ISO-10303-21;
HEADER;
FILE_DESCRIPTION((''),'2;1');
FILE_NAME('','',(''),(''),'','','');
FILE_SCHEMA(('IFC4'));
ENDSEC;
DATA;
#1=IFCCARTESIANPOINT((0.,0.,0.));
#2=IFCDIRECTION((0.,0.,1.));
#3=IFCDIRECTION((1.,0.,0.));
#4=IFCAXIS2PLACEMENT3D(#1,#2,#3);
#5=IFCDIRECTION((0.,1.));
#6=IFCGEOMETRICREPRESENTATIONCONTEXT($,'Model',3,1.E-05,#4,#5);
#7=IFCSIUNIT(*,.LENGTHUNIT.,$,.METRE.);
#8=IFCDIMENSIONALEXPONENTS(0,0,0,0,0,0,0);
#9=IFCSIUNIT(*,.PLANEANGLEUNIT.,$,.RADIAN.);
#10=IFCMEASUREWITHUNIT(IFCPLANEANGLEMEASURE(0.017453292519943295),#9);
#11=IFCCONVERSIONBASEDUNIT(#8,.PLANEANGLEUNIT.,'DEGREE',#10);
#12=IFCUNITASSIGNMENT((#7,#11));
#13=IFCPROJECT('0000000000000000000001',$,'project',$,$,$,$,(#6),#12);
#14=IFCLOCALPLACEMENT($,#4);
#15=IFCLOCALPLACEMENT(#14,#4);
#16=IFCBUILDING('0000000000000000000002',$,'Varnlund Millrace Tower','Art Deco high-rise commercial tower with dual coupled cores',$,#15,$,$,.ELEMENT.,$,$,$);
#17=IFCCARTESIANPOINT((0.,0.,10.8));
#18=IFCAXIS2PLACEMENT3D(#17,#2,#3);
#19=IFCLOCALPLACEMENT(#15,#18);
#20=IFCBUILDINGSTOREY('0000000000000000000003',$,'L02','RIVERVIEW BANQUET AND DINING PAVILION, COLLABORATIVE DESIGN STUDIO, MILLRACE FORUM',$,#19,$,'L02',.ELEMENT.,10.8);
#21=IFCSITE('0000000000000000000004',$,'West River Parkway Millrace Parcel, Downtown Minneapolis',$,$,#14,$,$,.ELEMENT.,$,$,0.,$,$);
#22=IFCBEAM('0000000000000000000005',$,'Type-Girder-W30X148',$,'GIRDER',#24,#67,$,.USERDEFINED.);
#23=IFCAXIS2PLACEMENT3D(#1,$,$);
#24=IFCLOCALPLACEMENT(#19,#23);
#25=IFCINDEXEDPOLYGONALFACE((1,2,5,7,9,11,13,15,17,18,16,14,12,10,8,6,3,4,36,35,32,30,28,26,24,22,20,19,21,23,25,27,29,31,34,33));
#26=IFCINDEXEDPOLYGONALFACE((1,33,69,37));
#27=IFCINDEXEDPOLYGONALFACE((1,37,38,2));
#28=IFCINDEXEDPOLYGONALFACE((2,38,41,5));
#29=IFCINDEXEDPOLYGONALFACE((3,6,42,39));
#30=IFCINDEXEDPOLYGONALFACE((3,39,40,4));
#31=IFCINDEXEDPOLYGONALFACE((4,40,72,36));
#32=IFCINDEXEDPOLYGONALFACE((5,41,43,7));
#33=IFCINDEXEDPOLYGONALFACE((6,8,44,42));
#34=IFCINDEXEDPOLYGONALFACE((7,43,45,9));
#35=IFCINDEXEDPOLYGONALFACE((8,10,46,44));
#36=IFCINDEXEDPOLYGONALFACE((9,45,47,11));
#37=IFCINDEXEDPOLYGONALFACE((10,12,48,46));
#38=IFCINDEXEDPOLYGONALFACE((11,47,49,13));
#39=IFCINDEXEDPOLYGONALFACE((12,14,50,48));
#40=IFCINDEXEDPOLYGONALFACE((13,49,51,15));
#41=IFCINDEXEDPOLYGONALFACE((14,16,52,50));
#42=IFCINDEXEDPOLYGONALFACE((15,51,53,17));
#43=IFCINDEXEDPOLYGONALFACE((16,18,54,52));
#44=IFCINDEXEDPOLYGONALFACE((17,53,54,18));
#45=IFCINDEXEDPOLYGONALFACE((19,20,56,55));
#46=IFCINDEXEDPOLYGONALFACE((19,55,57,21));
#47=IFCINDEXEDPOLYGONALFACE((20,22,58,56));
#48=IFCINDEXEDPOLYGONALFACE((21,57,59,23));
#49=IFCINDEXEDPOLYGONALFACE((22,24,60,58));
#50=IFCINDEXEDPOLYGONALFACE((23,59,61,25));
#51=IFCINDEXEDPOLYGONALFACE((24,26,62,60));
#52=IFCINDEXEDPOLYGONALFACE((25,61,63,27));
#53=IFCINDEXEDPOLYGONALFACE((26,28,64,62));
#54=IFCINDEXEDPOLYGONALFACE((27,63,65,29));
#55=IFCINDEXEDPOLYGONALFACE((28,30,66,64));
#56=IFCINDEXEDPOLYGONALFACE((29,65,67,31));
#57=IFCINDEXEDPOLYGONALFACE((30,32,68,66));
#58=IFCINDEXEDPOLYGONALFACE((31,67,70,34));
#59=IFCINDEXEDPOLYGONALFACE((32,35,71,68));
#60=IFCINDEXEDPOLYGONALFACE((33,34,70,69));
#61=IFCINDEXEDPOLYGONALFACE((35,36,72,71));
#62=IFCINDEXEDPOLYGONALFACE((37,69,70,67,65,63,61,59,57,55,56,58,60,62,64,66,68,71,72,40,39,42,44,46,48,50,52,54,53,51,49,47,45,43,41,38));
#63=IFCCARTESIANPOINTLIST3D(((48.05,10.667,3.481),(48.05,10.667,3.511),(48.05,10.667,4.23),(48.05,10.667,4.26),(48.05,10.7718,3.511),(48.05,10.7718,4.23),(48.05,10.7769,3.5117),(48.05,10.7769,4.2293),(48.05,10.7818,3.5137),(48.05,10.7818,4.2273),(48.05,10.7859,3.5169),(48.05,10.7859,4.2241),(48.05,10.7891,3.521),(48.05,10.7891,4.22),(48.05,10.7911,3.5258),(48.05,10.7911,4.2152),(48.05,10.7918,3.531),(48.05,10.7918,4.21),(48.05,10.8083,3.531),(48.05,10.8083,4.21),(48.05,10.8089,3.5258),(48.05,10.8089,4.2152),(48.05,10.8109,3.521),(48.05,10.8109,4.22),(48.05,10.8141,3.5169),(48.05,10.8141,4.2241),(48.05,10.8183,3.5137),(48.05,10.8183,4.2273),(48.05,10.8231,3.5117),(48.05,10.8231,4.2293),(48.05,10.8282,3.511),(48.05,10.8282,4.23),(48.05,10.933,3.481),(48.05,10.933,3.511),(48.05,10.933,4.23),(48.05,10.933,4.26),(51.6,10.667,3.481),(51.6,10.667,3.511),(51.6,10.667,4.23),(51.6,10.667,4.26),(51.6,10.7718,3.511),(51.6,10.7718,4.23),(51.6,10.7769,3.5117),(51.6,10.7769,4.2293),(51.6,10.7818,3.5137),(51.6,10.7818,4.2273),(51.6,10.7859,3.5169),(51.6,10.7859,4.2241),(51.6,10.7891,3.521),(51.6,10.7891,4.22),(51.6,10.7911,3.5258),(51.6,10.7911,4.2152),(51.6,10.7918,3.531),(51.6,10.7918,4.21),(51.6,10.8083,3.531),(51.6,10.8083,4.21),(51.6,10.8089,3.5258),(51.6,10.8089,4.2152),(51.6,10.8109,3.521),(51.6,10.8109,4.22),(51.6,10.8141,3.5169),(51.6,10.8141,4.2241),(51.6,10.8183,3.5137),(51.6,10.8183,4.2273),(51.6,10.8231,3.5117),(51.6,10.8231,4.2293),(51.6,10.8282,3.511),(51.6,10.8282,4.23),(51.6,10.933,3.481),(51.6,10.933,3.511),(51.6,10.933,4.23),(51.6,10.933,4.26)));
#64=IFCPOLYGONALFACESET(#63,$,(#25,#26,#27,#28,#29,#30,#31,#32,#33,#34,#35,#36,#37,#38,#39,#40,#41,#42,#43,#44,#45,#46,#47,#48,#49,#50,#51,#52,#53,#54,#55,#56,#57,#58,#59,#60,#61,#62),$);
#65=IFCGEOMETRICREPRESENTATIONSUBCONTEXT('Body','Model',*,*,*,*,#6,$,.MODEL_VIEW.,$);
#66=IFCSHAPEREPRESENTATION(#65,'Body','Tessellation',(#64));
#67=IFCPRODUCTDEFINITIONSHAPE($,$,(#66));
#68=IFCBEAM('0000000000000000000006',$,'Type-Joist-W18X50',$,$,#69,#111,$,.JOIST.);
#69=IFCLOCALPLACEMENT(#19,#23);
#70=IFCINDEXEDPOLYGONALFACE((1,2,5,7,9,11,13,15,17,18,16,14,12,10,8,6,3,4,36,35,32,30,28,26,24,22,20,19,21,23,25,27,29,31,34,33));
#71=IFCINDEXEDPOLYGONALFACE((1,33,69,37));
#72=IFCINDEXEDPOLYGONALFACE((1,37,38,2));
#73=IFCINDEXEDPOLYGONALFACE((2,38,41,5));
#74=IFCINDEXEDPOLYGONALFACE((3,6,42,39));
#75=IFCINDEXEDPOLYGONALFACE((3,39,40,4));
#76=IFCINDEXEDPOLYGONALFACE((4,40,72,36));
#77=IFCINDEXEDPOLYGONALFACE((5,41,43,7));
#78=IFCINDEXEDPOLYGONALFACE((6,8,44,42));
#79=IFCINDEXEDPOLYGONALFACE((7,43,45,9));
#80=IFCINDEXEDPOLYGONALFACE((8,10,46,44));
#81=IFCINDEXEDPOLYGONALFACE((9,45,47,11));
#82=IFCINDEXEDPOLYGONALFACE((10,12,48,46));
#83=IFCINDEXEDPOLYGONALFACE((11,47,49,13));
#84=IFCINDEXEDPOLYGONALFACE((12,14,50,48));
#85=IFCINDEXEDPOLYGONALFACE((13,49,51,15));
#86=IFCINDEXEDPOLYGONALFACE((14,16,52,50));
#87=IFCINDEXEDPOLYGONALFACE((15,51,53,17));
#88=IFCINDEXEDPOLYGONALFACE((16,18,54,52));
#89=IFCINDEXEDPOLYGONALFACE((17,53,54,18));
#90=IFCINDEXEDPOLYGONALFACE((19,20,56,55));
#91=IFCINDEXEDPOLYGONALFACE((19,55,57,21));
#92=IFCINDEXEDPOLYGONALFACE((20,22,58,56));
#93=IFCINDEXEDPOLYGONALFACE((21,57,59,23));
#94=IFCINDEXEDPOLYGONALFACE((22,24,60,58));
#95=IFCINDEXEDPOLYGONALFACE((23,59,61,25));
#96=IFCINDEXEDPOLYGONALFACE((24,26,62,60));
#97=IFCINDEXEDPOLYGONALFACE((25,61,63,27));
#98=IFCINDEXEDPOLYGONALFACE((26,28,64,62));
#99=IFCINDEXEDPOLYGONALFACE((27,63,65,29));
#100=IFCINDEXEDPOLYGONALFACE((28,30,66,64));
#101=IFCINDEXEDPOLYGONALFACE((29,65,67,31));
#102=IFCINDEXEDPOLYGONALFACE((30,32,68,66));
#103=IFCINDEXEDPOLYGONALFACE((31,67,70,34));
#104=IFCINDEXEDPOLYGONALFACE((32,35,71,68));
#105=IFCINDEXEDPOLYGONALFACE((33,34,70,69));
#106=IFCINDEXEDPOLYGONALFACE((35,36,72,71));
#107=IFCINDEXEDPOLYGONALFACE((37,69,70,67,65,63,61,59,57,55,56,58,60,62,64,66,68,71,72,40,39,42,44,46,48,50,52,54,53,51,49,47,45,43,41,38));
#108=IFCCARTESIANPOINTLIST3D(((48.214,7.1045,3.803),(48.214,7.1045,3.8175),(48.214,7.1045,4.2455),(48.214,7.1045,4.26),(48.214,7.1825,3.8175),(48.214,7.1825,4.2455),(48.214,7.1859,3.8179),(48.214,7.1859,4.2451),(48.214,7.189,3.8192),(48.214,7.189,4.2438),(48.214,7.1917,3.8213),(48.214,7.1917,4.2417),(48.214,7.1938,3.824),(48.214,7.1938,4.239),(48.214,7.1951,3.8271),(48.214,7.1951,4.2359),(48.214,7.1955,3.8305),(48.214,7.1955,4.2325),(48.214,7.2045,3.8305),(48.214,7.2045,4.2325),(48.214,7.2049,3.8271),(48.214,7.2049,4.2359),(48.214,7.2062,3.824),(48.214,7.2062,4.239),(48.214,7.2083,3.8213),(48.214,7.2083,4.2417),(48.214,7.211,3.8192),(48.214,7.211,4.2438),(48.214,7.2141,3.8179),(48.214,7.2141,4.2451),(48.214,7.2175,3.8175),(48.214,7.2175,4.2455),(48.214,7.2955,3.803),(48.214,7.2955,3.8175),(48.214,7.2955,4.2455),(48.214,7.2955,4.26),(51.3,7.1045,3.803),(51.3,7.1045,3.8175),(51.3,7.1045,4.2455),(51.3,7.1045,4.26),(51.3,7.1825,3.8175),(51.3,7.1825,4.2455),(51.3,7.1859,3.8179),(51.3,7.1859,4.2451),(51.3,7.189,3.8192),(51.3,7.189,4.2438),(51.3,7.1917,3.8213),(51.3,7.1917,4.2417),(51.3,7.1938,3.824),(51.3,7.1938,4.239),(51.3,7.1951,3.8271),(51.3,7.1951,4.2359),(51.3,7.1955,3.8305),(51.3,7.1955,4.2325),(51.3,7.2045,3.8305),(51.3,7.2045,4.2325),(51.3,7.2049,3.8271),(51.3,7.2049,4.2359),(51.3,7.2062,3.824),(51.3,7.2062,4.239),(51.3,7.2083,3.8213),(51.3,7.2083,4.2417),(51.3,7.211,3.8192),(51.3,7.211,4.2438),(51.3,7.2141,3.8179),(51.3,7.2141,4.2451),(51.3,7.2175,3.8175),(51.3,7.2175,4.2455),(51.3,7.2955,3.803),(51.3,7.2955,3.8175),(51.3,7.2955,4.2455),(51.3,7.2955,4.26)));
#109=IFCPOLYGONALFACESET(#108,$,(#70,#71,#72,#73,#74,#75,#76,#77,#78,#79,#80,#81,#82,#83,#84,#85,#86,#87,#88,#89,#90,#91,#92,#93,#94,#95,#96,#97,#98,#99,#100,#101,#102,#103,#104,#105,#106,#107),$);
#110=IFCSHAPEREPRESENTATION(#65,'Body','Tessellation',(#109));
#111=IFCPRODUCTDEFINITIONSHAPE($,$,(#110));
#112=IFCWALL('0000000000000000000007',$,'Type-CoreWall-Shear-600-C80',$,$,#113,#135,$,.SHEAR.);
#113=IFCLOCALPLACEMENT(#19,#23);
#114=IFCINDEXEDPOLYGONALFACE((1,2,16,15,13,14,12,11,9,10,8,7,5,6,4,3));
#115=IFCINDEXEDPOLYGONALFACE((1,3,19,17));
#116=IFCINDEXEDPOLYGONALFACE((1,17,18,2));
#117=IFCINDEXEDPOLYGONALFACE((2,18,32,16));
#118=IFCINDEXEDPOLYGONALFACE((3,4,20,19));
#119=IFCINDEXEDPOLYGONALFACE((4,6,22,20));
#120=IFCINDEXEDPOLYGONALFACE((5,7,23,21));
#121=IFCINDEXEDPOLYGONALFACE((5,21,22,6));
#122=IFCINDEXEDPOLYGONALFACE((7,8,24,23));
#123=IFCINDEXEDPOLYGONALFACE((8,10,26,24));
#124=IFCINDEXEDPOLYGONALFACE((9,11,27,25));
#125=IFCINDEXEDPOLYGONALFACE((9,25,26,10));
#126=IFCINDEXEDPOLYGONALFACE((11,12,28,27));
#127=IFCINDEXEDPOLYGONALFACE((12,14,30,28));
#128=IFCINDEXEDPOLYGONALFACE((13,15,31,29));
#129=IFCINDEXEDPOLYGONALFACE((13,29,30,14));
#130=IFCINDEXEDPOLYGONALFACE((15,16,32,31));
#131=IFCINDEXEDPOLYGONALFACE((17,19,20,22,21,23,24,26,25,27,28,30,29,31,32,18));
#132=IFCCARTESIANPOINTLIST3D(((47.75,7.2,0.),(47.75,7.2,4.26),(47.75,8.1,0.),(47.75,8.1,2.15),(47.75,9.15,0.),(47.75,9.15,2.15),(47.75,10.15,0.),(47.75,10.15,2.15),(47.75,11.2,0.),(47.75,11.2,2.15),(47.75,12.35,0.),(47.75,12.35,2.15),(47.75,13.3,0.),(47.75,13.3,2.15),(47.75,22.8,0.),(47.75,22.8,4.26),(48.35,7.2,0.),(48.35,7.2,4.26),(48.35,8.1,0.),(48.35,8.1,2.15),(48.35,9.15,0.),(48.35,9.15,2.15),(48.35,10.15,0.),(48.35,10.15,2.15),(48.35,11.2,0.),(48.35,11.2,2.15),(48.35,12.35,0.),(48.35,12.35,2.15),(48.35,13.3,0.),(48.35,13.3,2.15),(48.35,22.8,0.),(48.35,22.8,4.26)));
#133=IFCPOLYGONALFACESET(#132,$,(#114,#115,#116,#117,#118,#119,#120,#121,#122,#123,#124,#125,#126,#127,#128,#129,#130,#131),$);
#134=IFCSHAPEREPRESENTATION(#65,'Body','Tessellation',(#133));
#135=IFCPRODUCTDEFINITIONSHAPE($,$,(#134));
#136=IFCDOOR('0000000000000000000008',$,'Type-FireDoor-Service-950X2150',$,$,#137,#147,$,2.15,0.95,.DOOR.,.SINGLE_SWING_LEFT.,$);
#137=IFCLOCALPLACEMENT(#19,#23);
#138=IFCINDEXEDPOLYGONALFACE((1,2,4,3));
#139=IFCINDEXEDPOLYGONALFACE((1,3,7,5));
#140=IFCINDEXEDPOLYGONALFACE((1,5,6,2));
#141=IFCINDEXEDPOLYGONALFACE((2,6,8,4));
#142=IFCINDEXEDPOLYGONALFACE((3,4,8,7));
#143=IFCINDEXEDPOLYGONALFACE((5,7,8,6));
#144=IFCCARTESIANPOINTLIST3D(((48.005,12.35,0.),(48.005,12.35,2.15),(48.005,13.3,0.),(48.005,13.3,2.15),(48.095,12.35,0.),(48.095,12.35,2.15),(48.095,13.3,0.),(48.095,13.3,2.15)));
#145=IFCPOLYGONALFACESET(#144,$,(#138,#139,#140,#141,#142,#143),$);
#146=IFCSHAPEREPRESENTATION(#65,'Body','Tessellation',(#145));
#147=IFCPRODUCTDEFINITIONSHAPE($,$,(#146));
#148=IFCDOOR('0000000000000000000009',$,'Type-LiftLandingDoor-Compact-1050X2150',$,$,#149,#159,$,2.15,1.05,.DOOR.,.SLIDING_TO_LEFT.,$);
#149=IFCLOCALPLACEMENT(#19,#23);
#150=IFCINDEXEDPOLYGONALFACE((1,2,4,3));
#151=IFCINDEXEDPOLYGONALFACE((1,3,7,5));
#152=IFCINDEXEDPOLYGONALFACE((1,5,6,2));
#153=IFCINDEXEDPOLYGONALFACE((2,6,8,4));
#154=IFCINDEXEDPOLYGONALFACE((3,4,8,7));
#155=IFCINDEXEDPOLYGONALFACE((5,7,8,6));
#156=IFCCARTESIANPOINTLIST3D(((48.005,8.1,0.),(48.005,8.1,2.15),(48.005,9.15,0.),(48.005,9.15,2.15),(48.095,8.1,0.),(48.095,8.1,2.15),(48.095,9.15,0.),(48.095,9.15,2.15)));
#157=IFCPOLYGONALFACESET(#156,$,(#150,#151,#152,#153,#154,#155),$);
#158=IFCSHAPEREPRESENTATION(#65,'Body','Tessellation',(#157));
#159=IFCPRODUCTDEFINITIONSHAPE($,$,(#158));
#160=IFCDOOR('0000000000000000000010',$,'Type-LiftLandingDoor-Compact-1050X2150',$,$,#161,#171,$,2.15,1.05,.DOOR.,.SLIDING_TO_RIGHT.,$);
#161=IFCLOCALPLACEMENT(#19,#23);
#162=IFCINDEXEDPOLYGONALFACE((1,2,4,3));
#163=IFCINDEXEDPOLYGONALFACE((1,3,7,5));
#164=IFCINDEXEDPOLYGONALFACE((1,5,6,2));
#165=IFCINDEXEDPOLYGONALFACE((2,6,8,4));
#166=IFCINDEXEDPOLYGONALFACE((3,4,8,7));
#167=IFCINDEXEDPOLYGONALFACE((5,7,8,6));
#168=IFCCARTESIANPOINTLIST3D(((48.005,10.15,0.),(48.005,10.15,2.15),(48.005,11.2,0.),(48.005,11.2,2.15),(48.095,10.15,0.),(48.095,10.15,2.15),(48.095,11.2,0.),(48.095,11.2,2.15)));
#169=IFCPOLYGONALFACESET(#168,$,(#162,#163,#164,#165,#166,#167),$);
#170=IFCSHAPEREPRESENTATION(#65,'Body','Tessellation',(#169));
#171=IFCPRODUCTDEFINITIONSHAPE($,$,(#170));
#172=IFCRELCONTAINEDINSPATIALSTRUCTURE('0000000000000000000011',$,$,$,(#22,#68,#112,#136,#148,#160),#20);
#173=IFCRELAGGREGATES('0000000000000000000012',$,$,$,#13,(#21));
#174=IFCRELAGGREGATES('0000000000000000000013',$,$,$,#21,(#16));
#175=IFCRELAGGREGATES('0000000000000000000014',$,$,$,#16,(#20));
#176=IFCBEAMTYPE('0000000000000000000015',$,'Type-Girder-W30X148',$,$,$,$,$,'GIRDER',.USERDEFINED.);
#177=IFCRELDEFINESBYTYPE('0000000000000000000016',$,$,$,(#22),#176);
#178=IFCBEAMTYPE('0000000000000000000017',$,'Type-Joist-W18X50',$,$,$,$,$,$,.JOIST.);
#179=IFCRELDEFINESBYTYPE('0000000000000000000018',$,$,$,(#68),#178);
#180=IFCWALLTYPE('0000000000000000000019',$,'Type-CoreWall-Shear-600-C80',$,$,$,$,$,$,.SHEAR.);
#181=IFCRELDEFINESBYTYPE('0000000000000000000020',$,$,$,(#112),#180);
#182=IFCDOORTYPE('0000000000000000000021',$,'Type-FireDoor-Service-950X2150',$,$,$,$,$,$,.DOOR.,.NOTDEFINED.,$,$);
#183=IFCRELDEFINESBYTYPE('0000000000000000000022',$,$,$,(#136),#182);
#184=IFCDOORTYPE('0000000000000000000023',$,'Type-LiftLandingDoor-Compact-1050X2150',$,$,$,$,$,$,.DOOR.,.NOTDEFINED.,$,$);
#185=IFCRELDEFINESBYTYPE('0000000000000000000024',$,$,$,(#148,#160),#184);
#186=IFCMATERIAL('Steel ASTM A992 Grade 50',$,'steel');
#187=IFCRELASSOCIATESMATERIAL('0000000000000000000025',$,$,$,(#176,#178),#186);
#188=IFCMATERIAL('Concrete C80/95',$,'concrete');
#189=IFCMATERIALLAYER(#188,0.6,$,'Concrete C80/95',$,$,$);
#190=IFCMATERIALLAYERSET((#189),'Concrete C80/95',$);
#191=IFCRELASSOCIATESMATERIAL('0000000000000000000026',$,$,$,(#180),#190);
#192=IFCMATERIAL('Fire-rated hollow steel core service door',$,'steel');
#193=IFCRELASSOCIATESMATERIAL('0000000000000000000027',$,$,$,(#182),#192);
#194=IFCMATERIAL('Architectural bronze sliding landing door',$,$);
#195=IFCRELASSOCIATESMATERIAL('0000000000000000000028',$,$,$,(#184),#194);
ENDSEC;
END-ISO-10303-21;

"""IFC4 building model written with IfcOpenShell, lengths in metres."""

from ifc_helpers import new_model, entity, si_unit, converted_unit, direction, frame, origin_with_axes, origin_2d_with_axis, place, context, subcontext, project, spatial, polyline, rectangle, i_section, outline, extrude, material, layer, layer_set, material_profile, profile_set, type_object, element, fill, save


model = new_model("IFC4")

# Units and contexts
model_context = context("Model", 3, precision=1e-05, world=origin_with_axes(), true_north=direction((0.0, 1.0)))
body_context = subcontext(model_context, "Body", "Model", "MODEL_VIEW")
ifc_project = project(units=[si_unit("LENGTHUNIT", "METRE"), converted_unit("PLANEANGLEUNIT", "DEGREE", entity("IfcPlaneAngleMeasure", 0.017453292519943295), si_unit("PLANEANGLEUNIT", "RADIAN"), dimensions=[0, 0, 0, 0, 0, 0, 0])], contexts=[model_context])

# Site, building, storey
site_placement = place(None, origin_with_axes())
site = spatial("IfcSite", under=ifc_project, at=site_placement, Name="West River Parkway Millrace Parcel, Downtown Minneapolis", CompositionType="ELEMENT", RefElevation=0.0)
building_placement = place(site_placement, origin_with_axes())
building = spatial("IfcBuilding", under=site, at=building_placement, Name="Varnlund Millrace Tower", Description="Art Deco high-rise commercial tower with dual coupled cores", CompositionType="ELEMENT")
storey_placement = place(building_placement, frame((0.0, 0.0, 10.8), z_axis=(0.0, 0.0, 1.0), x_axis=(1.0, 0.0, 0.0)))
storey = spatial("IfcBuildingStorey", under=building, at=storey_placement, Name="L02", Description="RIVERVIEW BANQUET AND DINING PAVILION, COLLABORATIVE DESIGN STUDIO, MILLRACE FORUM", LongName="L02", CompositionType="ELEMENT", Elevation=10.8)

# Shared definitions
ifc_material_1 = material(Name="Concrete C80/95", Category="concrete")

# Beams
ifc_material_2 = material(Name="Steel ASTM A992 Grade 50", Category="steel")
ifc_material_profile_1 = material_profile(ifc_material_2, i_section(OverallWidth=0.266, OverallDepth=0.779, WebThickness=0.0165, FlangeThickness=0.03, FilletRadius=0.02, at=origin_2d_with_axis()), Name="Steel ASTM A992 Grade 50")
ifc_profile_set_1 = profile_set([ifc_material_profile_1], Name="Steel ASTM A992 Grade 50")
beam_type_1 = type_object("IfcBeamType", Name="Type-Girder-W30X148", ElementType="GIRDER", PredefinedType="USERDEFINED", material=ifc_profile_set_1)
for number, where, z_axis, x_axis, name in (
    (1, (48.05, 10.8, 3.8705), (1.0, 0.0, 0.0), (0.0, 1.0, 0.0), "Type-Girder-W30X148"),
):
    element("IfcBeam", number, at=place(storey_placement, frame(where, z_axis=z_axis, x_axis=x_axis)), inside=storey, type_object=beam_type_1, Name=name, ObjectType="GIRDER", PredefinedType="USERDEFINED", context=body_context, shape_type="SweptSolid", body=[
        extrude(i_section(OverallWidth=0.266, OverallDepth=0.779, WebThickness=0.0165, FlangeThickness=0.03, FilletRadius=0.02, at=origin_2d_with_axis()), origin_with_axes(), (0.0, 0.0, 1.0), 3.55),
    ])
ifc_material_profile_2 = material_profile(ifc_material_2, i_section(OverallWidth=0.191, OverallDepth=0.457, WebThickness=0.009, FlangeThickness=0.0145, FilletRadius=0.013, at=origin_2d_with_axis()), Name="Steel ASTM A992 Grade 50")
ifc_profile_set_2 = profile_set([ifc_material_profile_2], Name="Steel ASTM A992 Grade 50")
beam_type_2 = type_object("IfcBeamType", Name="Type-Joist-W18X50", PredefinedType="JOIST", material=ifc_profile_set_2)
beam_1_placement = place(storey_placement, frame((48.214, 7.2, 4.0315), z_axis=(1.0, 0.0, 0.0), x_axis=(0.0, 1.0, 0.0)))
element("IfcBeam", 2, at=beam_1_placement, inside=storey, type_object=beam_type_2, Name="Type-Joist-W18X50", PredefinedType="JOIST", context=body_context, shape_type="SweptSolid", body=[
    extrude(i_section(OverallWidth=0.191, OverallDepth=0.457, WebThickness=0.009, FlangeThickness=0.0145, FilletRadius=0.013, at=origin_2d_with_axis()), origin_with_axes(), (0.0, 0.0, 1.0), 3.086),
])

# Wall, openings, doors
ifc_layer_1 = layer(ifc_material_1, 0.6, Name="Concrete C80/95")
ifc_layer_set_1 = layer_set([ifc_layer_1], Name="Concrete C80/95")
wall_type_1 = type_object("IfcWallType", Name="Type-CoreWall-Shear-600-C80", PredefinedType="SHEAR", material=ifc_layer_set_1)
wall_1_placement = place(storey_placement, frame((48.05, 7.2, 0.0), z_axis=(0.0, 0.0, 1.0), x_axis=(0.0, 1.0, 0.0)))
wall_1 = element("IfcWall", 3, at=wall_1_placement, inside=storey, type_object=wall_type_1, Name="Type-CoreWall-Shear-600-C80", PredefinedType="SHEAR", context=body_context, shape_type="SweptSolid", body=[
    extrude(outline(polyline([(0.0, -0.3), (15.6, -0.3), (15.6, 0.3), (0.0, 0.3), (0.0, -0.3)])), origin_with_axes(), (0.0, 0.0, 1.0), 4.26),
])
opening_1_placement = place(wall_1_placement, frame((1.425, 0.0, 0.0), z_axis=(0.0, 0.0, 1.0), x_axis=(1.0, 0.0, 0.0)))
opening_1 = element("IfcOpeningElement", 4, at=opening_1_placement, cuts=wall_1, PredefinedType="OPENING", context=body_context, shape_type="SweptSolid", body=[
    extrude(rectangle(XDim=1.05, YDim=0.62, at=origin_2d_with_axis()), origin_with_axes(), (0.0, 0.0, 1.0), 2.15),
])
opening_2_placement = place(wall_1_placement, frame((3.475, 0.0, 0.0), z_axis=(0.0, 0.0, 1.0), x_axis=(1.0, 0.0, 0.0)))
opening_2 = element("IfcOpeningElement", 5, at=opening_2_placement, cuts=wall_1, PredefinedType="OPENING", context=body_context, shape_type="SweptSolid", body=[
    extrude(rectangle(XDim=1.05, YDim=0.62, at=origin_2d_with_axis()), origin_with_axes(), (0.0, 0.0, 1.0), 2.15),
])
opening_3_placement = place(wall_1_placement, frame((5.625, 0.0, 0.0), z_axis=(0.0, 0.0, 1.0), x_axis=(1.0, 0.0, 0.0)))
opening_3 = element("IfcOpeningElement", 6, at=opening_3_placement, cuts=wall_1, PredefinedType="OPENING", context=body_context, shape_type="SweptSolid", body=[
    extrude(rectangle(XDim=0.95, YDim=0.62, at=origin_2d_with_axis()), origin_with_axes(), (0.0, 0.0, 1.0), 2.15),
])
ifc_material_3 = material(Name="Fire-rated hollow steel core service door", Category="steel")
door_type_1 = type_object("IfcDoorType", Name="Type-FireDoor-Service-950X2150", OperationType="NOTDEFINED", PredefinedType="DOOR", material=ifc_material_3)
door_1_placement = place(wall_1_placement, frame((5.625, 0.0, 0.0), z_axis=(0.0, 0.0, 1.0), x_axis=(1.0, 0.0, 0.0)))
door_1 = element("IfcDoor", 7, at=door_1_placement, inside=storey, type_object=door_type_1, Name="Type-FireDoor-Service-950X2150", OperationType="SINGLE_SWING_LEFT", OverallHeight=2.15, OverallWidth=0.95, PredefinedType="DOOR", context=body_context, shape_type="SweptSolid", body=[
    extrude(rectangle(XDim=0.95, YDim=0.09, at=origin_2d_with_axis()), origin_with_axes(), (0.0, 0.0, 1.0), 2.15),
])
fill(opening_3, door_1)
ifc_material_4 = material(Name="Architectural bronze sliding landing door")
door_type_2 = type_object("IfcDoorType", Name="Type-LiftLandingDoor-Compact-1050X2150", OperationType="NOTDEFINED", PredefinedType="DOOR", material=ifc_material_4)
door_2_placement = place(wall_1_placement, frame((1.425, 0.0, 0.0), z_axis=(0.0, 0.0, 1.0), x_axis=(1.0, 0.0, 0.0)))
door_2 = element("IfcDoor", 8, at=door_2_placement, inside=storey, type_object=door_type_2, Name="Type-LiftLandingDoor-Compact-1050X2150", OperationType="SLIDING_TO_LEFT", OverallHeight=2.15, OverallWidth=1.05, PredefinedType="DOOR", context=body_context, shape_type="SweptSolid", body=[
    extrude(rectangle(XDim=1.05, YDim=0.09, at=origin_2d_with_axis()), origin_with_axes(), (0.0, 0.0, 1.0), 2.15),
])
fill(opening_1, door_2)
door_3_placement = place(wall_1_placement, frame((3.475, 0.0, 0.0), z_axis=(0.0, 0.0, 1.0), x_axis=(1.0, 0.0, 0.0)))
door_3 = element("IfcDoor", 9, at=door_3_placement, inside=storey, type_object=door_type_2, Name="Type-LiftLandingDoor-Compact-1050X2150", OperationType="SLIDING_TO_RIGHT", OverallHeight=2.15, OverallWidth=1.05, PredefinedType="DOOR", context=body_context, shape_type="SweptSolid", body=[
    extrude(rectangle(XDim=1.05, YDim=0.09, at=origin_2d_with_axis()), origin_with_axes(), (0.0, 0.0, 1.0), 2.15),
])
fill(opening_2, door_3)

save(model, "model.ifc")
